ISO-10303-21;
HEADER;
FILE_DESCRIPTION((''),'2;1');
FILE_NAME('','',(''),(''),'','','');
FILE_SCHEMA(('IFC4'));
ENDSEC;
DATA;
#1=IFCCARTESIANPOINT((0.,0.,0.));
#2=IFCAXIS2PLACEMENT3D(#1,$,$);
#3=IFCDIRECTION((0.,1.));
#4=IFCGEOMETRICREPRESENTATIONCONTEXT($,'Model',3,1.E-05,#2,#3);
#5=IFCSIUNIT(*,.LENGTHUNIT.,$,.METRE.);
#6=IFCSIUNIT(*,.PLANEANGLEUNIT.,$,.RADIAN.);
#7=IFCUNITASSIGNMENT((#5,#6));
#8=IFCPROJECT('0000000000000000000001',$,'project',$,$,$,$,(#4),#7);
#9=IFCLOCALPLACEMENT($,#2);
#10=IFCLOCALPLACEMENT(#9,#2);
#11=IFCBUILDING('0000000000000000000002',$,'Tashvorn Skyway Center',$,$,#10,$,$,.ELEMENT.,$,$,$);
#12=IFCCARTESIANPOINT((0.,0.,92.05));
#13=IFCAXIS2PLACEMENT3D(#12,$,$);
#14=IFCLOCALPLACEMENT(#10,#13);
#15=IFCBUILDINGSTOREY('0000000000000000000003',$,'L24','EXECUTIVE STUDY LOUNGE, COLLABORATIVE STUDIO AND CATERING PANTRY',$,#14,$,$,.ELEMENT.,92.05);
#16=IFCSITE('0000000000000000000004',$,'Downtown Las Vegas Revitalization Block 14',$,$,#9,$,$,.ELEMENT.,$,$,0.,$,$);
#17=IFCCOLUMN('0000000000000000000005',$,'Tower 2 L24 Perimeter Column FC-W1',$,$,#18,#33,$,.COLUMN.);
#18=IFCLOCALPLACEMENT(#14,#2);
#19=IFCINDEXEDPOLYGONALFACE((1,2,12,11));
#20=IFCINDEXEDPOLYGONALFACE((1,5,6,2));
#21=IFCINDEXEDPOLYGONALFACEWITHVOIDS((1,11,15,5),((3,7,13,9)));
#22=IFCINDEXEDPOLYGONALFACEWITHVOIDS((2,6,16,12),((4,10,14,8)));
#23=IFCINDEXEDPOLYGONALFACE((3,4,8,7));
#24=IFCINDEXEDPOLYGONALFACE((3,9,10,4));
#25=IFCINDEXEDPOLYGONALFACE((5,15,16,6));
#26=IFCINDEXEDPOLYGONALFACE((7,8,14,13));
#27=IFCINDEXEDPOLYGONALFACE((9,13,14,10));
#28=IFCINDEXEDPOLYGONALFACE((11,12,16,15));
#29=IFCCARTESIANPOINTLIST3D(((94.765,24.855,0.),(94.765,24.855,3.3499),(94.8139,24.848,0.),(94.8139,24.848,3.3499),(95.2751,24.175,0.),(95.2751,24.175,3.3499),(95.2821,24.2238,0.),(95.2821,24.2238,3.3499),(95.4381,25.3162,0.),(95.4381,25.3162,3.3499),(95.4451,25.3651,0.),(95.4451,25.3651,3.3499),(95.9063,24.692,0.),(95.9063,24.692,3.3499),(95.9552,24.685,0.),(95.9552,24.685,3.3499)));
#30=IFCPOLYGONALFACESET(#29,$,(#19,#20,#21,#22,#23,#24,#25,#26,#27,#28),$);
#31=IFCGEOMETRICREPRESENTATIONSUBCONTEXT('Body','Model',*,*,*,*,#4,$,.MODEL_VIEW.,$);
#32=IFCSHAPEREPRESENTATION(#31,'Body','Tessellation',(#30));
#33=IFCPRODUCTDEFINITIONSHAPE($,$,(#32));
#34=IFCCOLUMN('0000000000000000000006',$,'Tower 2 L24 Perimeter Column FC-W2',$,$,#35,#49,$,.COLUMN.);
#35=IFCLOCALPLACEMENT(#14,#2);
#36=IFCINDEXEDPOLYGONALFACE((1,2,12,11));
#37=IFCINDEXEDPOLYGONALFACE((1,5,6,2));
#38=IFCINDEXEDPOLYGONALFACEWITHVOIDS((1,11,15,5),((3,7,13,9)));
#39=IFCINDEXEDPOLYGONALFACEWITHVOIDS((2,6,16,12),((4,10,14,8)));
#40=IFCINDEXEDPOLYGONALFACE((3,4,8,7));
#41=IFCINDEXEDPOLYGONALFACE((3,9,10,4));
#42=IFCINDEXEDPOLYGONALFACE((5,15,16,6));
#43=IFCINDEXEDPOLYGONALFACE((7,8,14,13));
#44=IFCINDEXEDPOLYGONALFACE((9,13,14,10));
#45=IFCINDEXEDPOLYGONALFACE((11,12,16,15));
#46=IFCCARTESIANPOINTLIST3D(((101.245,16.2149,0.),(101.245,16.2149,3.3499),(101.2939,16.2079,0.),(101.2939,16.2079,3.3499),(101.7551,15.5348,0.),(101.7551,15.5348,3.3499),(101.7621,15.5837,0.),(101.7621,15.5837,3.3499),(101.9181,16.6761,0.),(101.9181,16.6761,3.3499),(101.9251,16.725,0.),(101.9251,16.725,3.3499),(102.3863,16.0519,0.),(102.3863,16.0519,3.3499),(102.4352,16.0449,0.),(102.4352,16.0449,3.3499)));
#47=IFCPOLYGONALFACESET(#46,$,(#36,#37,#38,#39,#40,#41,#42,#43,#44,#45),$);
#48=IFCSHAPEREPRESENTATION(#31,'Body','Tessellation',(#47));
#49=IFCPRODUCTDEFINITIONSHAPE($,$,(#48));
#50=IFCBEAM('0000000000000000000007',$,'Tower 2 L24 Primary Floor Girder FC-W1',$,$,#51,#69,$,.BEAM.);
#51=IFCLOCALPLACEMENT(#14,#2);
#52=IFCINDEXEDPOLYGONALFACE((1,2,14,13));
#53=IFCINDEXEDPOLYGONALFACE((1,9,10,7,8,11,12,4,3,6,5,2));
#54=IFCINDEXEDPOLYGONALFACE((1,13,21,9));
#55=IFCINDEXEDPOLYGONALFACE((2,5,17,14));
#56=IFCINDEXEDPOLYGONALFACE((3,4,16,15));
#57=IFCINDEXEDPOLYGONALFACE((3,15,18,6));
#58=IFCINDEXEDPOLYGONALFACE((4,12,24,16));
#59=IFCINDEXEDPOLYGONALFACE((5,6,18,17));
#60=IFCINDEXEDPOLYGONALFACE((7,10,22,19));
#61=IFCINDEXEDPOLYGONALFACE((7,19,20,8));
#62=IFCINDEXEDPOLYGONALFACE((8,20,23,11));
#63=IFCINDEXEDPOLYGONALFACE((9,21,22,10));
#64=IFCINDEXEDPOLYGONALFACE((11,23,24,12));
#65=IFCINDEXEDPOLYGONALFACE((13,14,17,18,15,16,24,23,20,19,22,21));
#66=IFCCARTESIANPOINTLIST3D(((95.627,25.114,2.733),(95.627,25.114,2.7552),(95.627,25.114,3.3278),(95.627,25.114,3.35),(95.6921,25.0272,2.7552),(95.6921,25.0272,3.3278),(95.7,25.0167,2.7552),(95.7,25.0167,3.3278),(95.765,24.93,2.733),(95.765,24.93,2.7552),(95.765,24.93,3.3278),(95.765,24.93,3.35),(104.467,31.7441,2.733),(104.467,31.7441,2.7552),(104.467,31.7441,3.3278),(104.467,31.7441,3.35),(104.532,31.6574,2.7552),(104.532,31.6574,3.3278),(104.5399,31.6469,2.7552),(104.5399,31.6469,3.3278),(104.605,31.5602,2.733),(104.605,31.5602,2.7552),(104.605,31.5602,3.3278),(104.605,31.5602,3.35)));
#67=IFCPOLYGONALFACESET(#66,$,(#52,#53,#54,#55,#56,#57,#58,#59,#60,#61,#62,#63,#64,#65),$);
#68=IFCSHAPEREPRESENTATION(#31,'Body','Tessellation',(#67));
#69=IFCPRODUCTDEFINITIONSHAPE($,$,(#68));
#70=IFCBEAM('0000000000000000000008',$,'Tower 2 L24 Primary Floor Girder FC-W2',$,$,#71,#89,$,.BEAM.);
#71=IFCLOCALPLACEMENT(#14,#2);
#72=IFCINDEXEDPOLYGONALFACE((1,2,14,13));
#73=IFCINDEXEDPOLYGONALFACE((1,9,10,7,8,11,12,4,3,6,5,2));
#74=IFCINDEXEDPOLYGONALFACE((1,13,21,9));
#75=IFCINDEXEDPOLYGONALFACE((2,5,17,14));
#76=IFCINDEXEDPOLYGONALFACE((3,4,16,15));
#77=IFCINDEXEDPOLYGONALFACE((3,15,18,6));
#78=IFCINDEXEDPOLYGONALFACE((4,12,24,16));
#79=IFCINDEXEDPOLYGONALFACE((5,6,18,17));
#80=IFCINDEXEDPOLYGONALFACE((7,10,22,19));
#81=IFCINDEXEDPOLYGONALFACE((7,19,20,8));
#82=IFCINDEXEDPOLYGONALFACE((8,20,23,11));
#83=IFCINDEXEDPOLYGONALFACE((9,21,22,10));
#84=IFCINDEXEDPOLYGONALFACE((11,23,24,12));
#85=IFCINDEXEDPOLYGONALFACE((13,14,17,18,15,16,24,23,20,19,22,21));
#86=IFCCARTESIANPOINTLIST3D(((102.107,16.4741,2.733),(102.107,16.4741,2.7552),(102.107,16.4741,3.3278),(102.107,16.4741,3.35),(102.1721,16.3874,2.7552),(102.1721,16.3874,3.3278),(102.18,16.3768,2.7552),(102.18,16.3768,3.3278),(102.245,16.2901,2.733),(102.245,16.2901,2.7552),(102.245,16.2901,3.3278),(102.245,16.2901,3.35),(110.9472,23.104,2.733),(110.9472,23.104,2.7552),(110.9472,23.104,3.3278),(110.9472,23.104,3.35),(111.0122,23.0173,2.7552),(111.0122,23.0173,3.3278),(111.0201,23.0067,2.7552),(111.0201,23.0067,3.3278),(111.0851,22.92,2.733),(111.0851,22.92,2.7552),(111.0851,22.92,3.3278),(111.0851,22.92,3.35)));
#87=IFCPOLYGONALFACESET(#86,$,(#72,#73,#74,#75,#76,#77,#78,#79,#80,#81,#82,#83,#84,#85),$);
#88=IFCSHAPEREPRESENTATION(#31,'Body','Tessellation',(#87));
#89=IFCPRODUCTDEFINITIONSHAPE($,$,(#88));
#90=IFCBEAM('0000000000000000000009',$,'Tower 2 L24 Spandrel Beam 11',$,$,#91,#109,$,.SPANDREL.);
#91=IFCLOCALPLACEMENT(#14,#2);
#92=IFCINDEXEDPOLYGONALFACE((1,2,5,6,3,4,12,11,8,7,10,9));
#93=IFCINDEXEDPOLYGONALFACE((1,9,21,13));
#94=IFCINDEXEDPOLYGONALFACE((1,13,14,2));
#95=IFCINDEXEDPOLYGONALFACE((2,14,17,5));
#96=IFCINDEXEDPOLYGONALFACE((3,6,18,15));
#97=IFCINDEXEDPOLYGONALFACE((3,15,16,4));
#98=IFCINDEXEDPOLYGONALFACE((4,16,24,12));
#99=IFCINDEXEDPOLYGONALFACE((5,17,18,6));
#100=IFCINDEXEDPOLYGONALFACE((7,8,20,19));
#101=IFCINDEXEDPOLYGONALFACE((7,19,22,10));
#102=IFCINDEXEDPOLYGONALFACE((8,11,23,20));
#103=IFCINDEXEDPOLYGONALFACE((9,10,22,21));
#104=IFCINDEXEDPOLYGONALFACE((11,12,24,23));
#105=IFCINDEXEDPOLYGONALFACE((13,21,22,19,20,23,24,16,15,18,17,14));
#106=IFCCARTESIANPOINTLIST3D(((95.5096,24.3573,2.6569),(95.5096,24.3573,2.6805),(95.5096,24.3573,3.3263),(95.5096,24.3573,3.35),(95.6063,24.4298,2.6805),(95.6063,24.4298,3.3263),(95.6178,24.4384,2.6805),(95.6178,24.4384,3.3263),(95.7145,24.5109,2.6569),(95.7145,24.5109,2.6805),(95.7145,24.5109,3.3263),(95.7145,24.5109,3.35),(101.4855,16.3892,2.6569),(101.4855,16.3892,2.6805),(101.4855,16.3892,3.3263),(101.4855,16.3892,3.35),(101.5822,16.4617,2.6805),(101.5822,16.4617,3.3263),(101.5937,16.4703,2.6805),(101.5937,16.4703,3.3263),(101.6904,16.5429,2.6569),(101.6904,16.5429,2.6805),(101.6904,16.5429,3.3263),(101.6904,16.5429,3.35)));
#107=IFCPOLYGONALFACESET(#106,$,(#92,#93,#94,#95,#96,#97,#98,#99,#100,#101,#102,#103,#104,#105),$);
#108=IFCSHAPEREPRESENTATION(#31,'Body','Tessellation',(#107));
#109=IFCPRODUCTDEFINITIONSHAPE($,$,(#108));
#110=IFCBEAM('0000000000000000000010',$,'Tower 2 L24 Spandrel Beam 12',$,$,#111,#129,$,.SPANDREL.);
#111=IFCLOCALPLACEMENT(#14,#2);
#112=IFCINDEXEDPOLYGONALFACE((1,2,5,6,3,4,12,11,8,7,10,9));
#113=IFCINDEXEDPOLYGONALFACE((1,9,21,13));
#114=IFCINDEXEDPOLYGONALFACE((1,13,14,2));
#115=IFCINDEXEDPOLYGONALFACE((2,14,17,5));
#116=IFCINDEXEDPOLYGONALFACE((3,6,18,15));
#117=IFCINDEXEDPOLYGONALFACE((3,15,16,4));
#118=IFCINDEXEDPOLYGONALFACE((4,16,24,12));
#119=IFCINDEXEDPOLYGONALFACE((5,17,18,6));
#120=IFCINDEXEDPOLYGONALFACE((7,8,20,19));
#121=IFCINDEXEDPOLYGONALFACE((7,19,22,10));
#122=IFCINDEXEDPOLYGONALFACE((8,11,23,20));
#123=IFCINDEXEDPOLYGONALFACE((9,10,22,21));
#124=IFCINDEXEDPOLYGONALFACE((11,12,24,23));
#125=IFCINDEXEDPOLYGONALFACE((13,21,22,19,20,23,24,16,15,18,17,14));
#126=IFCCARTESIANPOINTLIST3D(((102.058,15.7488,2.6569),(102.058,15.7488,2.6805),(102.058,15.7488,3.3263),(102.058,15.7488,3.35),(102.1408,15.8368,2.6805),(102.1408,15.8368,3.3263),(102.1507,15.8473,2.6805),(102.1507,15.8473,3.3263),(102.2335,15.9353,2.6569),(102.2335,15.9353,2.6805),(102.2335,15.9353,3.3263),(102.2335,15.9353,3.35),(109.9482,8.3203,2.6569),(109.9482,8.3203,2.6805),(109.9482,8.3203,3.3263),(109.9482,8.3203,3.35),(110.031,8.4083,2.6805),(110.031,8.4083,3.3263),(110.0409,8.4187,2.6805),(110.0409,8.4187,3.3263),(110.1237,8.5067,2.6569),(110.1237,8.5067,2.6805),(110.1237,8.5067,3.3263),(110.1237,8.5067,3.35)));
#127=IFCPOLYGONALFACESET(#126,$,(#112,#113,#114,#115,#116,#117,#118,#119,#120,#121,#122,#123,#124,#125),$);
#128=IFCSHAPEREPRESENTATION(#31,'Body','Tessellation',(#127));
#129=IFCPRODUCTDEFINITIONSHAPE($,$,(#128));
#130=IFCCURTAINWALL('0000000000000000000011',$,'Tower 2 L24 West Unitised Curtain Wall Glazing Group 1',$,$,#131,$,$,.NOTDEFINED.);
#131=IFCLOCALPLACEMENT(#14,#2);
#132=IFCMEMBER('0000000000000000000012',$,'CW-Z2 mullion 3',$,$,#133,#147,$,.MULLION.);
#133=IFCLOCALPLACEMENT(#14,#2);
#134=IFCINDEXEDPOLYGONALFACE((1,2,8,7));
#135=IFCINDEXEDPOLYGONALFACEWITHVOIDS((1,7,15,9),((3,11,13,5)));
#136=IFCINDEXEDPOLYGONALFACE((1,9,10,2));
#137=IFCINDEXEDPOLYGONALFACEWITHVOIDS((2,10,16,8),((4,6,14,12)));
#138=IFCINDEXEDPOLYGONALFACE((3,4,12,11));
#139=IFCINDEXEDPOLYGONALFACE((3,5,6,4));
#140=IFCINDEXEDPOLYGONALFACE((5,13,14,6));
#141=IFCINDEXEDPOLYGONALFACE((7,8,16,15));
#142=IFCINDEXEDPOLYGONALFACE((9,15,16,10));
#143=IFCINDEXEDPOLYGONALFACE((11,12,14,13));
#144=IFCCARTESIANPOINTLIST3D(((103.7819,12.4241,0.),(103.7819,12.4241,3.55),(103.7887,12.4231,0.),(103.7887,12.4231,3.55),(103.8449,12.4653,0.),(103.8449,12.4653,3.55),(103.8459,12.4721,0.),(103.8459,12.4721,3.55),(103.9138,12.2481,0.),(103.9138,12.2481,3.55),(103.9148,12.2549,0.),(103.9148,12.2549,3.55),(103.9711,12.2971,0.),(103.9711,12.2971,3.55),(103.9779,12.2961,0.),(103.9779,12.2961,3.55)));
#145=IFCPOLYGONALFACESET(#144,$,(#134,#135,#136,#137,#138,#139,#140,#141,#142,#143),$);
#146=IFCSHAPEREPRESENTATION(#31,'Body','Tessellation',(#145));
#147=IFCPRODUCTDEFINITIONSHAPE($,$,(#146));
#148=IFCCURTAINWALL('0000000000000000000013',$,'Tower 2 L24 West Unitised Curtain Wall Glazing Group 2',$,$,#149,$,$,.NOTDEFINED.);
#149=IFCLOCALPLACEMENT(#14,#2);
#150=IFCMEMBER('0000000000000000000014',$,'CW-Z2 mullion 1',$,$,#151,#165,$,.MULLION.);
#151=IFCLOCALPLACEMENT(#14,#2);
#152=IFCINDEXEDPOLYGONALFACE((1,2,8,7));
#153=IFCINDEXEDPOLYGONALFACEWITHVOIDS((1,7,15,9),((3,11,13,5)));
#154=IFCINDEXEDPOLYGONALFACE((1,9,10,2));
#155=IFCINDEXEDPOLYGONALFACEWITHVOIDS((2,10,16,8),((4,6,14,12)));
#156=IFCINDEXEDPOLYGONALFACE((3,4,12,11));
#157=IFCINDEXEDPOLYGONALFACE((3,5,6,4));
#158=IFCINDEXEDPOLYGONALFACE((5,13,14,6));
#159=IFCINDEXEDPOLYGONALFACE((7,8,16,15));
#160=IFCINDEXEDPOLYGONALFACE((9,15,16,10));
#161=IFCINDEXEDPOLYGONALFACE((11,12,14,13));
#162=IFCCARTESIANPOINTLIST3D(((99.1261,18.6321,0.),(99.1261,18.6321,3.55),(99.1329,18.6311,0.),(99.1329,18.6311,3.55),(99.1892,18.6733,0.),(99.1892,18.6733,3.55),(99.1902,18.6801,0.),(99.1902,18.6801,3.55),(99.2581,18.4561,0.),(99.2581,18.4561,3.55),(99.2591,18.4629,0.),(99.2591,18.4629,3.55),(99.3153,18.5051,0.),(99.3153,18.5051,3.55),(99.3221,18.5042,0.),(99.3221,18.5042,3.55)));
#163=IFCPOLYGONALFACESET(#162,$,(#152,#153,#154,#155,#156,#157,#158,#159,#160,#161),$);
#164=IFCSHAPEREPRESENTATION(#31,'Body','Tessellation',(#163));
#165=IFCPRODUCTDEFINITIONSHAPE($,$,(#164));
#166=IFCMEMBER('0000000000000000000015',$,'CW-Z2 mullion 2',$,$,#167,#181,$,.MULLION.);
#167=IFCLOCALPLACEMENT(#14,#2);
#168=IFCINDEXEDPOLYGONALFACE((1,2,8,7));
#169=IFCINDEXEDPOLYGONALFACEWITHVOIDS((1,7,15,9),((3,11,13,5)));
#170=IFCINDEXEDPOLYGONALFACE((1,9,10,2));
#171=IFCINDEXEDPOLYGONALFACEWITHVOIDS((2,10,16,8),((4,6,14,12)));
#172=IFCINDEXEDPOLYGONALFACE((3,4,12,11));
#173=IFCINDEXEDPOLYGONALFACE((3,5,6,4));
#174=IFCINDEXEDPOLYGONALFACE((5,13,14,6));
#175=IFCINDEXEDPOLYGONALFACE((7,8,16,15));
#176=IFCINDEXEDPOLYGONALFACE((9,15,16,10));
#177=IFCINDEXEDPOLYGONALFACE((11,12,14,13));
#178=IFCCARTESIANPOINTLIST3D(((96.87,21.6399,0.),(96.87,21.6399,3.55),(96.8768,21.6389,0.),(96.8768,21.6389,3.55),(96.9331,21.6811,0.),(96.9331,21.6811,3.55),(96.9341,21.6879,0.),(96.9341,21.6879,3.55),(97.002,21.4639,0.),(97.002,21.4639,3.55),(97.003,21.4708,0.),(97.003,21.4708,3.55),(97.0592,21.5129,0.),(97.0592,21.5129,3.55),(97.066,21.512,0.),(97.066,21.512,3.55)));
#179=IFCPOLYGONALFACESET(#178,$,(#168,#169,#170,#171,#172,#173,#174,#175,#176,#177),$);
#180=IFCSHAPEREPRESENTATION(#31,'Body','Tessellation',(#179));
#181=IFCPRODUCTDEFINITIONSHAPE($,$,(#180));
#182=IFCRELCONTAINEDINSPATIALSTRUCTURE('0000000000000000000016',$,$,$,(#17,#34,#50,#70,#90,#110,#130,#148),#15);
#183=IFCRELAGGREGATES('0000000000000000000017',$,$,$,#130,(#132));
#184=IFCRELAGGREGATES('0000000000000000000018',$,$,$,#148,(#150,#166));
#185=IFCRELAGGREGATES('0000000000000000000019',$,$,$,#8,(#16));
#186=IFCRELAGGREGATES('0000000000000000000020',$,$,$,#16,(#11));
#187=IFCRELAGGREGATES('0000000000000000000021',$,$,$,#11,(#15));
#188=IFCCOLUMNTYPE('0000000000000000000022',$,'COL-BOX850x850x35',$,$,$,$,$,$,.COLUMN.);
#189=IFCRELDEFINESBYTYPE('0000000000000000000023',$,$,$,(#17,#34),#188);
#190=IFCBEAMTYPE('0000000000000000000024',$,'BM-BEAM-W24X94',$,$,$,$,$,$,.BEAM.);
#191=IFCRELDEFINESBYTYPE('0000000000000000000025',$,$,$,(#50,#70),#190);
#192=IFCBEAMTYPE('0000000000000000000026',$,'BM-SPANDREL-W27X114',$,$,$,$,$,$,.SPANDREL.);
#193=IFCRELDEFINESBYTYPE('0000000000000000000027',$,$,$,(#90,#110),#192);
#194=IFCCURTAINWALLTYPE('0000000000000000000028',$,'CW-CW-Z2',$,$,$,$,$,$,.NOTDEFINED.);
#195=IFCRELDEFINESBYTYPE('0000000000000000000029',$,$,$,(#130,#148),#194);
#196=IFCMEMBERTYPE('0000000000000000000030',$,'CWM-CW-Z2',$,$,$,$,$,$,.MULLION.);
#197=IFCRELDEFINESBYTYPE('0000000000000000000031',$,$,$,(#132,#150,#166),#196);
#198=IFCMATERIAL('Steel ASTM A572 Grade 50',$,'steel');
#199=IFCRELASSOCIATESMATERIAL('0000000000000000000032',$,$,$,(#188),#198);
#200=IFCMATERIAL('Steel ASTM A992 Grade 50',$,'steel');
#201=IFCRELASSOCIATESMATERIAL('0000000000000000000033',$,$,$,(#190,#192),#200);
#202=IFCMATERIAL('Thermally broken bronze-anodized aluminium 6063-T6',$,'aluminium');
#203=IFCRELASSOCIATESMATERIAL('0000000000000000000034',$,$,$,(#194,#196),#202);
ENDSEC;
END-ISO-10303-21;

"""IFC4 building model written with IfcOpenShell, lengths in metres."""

from ifc_helpers import new_model, si_unit, direction, frame, origin, origin_2d, place, context, subcontext, project, spatial, hollow_rectangle, i_section, extrude, material, material_profile, profile_set, type_object, element, aggregate, save


model = new_model("IFC4")

# Units and contexts
model_context = context("Model", 3, precision=1e-05, world=origin(), true_north=direction((0.0, 1.0)))
body_context = subcontext(model_context, "Body", "Model", "MODEL_VIEW")
ifc_project = project(units=[si_unit("LENGTHUNIT", "METRE"), si_unit("PLANEANGLEUNIT", "RADIAN")], contexts=[model_context])

# Site, building, storey
site_placement = place(None, origin())
site = spatial("IfcSite", under=ifc_project, at=site_placement, Name="Downtown Las Vegas Revitalization Block 14", CompositionType="ELEMENT", RefElevation=0.0)
building_placement = place(site_placement, origin())
building = spatial("IfcBuilding", under=site, at=building_placement, Name="Tashvorn Skyway Center", CompositionType="ELEMENT")
storey_placement = place(building_placement, frame((0.0, 0.0, 92.05)))
storey = spatial("IfcBuildingStorey", under=building, at=storey_placement, Name="L24", Description="EXECUTIVE STUDY LOUNGE, COLLABORATIVE STUDIO AND CATERING PANTRY", CompositionType="ELEMENT", Elevation=92.05)

# Columns
ifc_material_1 = material(Name="Steel ASTM A572 Grade 50", Category="steel")
ifc_material_profile_1 = material_profile(ifc_material_1, hollow_rectangle(XDim=0.8501, YDim=0.8501, WallThickness=0.0349, at=origin_2d()), Name="BOX850x850x35")
ifc_profile_set_1 = profile_set([ifc_material_profile_1], Name="Steel ASTM A572 Grade 50")
column_type = type_object("IfcColumnType", Name="COL-BOX850x850x35", PredefinedType="COLUMN", material=ifc_profile_set_1)
for number, where, z_axis, x_axis, name in (
    (1, (95.3601, 24.77, 0.0), (0.0, 0.0, 1.0), (0.8, 0.6, 0.0), "Tower 2 L24 Perimeter Column FC-W1"),
    (2, (101.8401, 16.1299, 0.0), (0.0, 0.0, 1.0), (0.8, 0.6, 0.0), "Tower 2 L24 Perimeter Column FC-W2"),
):
    element("IfcColumn", number, at=place(storey_placement, frame(where, z_axis=z_axis, x_axis=x_axis)), inside=storey, type_object=column_type, Name=name, PredefinedType="COLUMN", context=body_context, shape_type="SweptSolid", body=[
        extrude(hollow_rectangle(XDim=0.8501, YDim=0.8501, WallThickness=0.0349, at=origin_2d()), origin(), (0.0, 0.0, 1.0), 3.3499),
    ])

# Beams
ifc_material_2 = material(Name="Steel ASTM A992 Grade 50", Category="steel")
ifc_material_profile_2 = material_profile(ifc_material_2, i_section(OverallWidth=0.23, OverallDepth=0.6169, WebThickness=0.0132, FlangeThickness=0.0222, at=origin_2d()), Name="W24X94")
ifc_profile_set_2 = profile_set([ifc_material_profile_2], Name="Steel ASTM A992 Grade 50")
beam_type_1 = type_object("IfcBeamType", Name="BM-BEAM-W24X94", PredefinedType="BEAM", material=ifc_profile_set_2)
for number, where, z_axis, x_axis, name in (
    (3, (95.696, 25.022, 3.0415), (0.799989, 0.600014, 0.0), (-0.600014, 0.799989, 0.0), "Tower 2 L24 Primary Floor Girder FC-W1"),
    (4, (102.176, 16.3821, 3.0415), (0.800008, 0.599989, 0.0), (-0.599989, 0.800008, 0.0), "Tower 2 L24 Primary Floor Girder FC-W2"),
):
    element("IfcBeam", number, at=place(storey_placement, frame(where, z_axis=z_axis, x_axis=x_axis)), inside=storey, type_object=beam_type_1, Name=name, PredefinedType="BEAM", context=body_context, shape_type="SweptSolid", body=[
        extrude(i_section(OverallWidth=0.23, OverallDepth=0.6169, WebThickness=0.0132, FlangeThickness=0.0222, at=origin_2d()), origin(), (0.0, 0.0, 1.0), 11.05),
    ])
ifc_material_profile_3 = material_profile(ifc_material_2, i_section(OverallWidth=0.2561, OverallDepth=0.6931, WebThickness=0.0144, FlangeThickness=0.0237, at=origin_2d()), Name="W27X114")
ifc_profile_set_3 = profile_set([ifc_material_profile_3], Name="Steel ASTM A992 Grade 50")
beam_type_2 = type_object("IfcBeamType", Name="BM-SPANDREL-W27X114", PredefinedType="SPANDREL", material=ifc_profile_set_3)
beam_1_placement = place(storey_placement, frame((95.6121, 24.4341, 3.0034), z_axis=(0.599988, -0.800009, 0.0), x_axis=(0.800009, 0.599988, 0.0)))
element("IfcBeam", 5, at=beam_1_placement, inside=storey, type_object=beam_type_2, Name="Tower 2 L24 Spandrel Beam 11", PredefinedType="SPANDREL", context=body_context, shape_type="SweptSolid", body=[
    extrude(i_section(OverallWidth=0.2561, OverallDepth=0.6931, WebThickness=0.0144, FlangeThickness=0.0237, at=origin_2d()), origin(), (0.0, 0.0, 1.0), 9.96),
])
beam_2_placement = place(storey_placement, frame((102.1458, 15.842, 3.0034), z_axis=(0.728087, -0.685485, 0.0), x_axis=(0.685485, 0.728087, 0.0)))
element("IfcBeam", 6, at=beam_2_placement, inside=storey, type_object=beam_type_2, Name="Tower 2 L24 Spandrel Beam 12", PredefinedType="SPANDREL", context=body_context, shape_type="SweptSolid", body=[
    extrude(i_section(OverallWidth=0.2561, OverallDepth=0.6931, WebThickness=0.0144, FlangeThickness=0.0237, at=origin_2d()), origin(), (0.0, 0.0, 1.0), 10.8369),
])

# Curtain wall, member
ifc_material_3 = material(Name="Thermally broken bronze-anodized aluminium 6063-T6", Category="aluminium")
curtain_wall_type = type_object("IfcCurtainWallType", Name="CW-CW-Z2", PredefinedType="NOTDEFINED", material=ifc_material_3)
curtain_wall_1_placement = place(storey_placement, origin())
curtain_wall_1 = element("IfcCurtainWall", 7, at=curtain_wall_1_placement, inside=storey, type_object=curtain_wall_type, Name="Tower 2 L24 West Unitised Curtain Wall Glazing Group 1", PredefinedType="NOTDEFINED")
ifc_material_profile_4 = material_profile(ifc_material_3, hollow_rectangle(XDim=0.0801, YDim=0.22, WallThickness=0.0049, at=origin_2d()), Name="ALU-MULL-80x220")
ifc_profile_set_4 = profile_set([ifc_material_profile_4], Name="Thermally broken bronze-anodized aluminium 6063-T6")
member_type_1 = type_object("IfcMemberType", Name="CWM-CW-Z2", PredefinedType="MULLION", material=ifc_profile_set_4)
member_1_placement = place(storey_placement, frame((103.8799, 12.3601, 0.0), z_axis=(0.0, 0.0, 1.0), x_axis=(-0.8, -0.6, 0.0)))
member_1 = element("IfcMember", 8, at=member_1_placement, type_object=member_type_1, Name="CW-Z2 mullion 3", PredefinedType="MULLION", context=body_context, shape_type="SweptSolid", body=[
    extrude(hollow_rectangle(XDim=0.0801, YDim=0.22, WallThickness=0.0049, at=origin_2d()), origin(), (0.0, 0.0, 1.0), 3.55),
])
aggregate(curtain_wall_1, [member_1])

# Curtain wall, members
curtain_wall_2_placement = place(storey_placement, origin())
curtain_wall_2 = element("IfcCurtainWall", 9, at=curtain_wall_2_placement, inside=storey, type_object=curtain_wall_type, Name="Tower 2 L24 West Unitised Curtain Wall Glazing Group 2", PredefinedType="NOTDEFINED")
member_2_placement = place(storey_placement, frame((99.2241, 18.5681, 0.0), z_axis=(0.0, 0.0, 1.0), x_axis=(-0.8, -0.6, 0.0)))
member_2 = element("IfcMember", 10, at=member_2_placement, type_object=member_type_1, Name="CW-Z2 mullion 1", PredefinedType="MULLION", context=body_context, shape_type="SweptSolid", body=[
    extrude(hollow_rectangle(XDim=0.0801, YDim=0.22, WallThickness=0.0049, at=origin_2d()), origin(), (0.0, 0.0, 1.0), 3.55),
])
member_3_placement = place(storey_placement, frame((96.968, 21.5759, 0.0), z_axis=(0.0, 0.0, 1.0), x_axis=(-0.8, -0.6, 0.0)))
member_3 = element("IfcMember", 11, at=member_3_placement, type_object=member_type_1, Name="CW-Z2 mullion 2", PredefinedType="MULLION", context=body_context, shape_type="SweptSolid", body=[
    extrude(hollow_rectangle(XDim=0.0801, YDim=0.22, WallThickness=0.0049, at=origin_2d()), origin(), (0.0, 0.0, 1.0), 3.55),
])
aggregate(curtain_wall_2, [member_2, member_3])

save(model, "model.ifc")
